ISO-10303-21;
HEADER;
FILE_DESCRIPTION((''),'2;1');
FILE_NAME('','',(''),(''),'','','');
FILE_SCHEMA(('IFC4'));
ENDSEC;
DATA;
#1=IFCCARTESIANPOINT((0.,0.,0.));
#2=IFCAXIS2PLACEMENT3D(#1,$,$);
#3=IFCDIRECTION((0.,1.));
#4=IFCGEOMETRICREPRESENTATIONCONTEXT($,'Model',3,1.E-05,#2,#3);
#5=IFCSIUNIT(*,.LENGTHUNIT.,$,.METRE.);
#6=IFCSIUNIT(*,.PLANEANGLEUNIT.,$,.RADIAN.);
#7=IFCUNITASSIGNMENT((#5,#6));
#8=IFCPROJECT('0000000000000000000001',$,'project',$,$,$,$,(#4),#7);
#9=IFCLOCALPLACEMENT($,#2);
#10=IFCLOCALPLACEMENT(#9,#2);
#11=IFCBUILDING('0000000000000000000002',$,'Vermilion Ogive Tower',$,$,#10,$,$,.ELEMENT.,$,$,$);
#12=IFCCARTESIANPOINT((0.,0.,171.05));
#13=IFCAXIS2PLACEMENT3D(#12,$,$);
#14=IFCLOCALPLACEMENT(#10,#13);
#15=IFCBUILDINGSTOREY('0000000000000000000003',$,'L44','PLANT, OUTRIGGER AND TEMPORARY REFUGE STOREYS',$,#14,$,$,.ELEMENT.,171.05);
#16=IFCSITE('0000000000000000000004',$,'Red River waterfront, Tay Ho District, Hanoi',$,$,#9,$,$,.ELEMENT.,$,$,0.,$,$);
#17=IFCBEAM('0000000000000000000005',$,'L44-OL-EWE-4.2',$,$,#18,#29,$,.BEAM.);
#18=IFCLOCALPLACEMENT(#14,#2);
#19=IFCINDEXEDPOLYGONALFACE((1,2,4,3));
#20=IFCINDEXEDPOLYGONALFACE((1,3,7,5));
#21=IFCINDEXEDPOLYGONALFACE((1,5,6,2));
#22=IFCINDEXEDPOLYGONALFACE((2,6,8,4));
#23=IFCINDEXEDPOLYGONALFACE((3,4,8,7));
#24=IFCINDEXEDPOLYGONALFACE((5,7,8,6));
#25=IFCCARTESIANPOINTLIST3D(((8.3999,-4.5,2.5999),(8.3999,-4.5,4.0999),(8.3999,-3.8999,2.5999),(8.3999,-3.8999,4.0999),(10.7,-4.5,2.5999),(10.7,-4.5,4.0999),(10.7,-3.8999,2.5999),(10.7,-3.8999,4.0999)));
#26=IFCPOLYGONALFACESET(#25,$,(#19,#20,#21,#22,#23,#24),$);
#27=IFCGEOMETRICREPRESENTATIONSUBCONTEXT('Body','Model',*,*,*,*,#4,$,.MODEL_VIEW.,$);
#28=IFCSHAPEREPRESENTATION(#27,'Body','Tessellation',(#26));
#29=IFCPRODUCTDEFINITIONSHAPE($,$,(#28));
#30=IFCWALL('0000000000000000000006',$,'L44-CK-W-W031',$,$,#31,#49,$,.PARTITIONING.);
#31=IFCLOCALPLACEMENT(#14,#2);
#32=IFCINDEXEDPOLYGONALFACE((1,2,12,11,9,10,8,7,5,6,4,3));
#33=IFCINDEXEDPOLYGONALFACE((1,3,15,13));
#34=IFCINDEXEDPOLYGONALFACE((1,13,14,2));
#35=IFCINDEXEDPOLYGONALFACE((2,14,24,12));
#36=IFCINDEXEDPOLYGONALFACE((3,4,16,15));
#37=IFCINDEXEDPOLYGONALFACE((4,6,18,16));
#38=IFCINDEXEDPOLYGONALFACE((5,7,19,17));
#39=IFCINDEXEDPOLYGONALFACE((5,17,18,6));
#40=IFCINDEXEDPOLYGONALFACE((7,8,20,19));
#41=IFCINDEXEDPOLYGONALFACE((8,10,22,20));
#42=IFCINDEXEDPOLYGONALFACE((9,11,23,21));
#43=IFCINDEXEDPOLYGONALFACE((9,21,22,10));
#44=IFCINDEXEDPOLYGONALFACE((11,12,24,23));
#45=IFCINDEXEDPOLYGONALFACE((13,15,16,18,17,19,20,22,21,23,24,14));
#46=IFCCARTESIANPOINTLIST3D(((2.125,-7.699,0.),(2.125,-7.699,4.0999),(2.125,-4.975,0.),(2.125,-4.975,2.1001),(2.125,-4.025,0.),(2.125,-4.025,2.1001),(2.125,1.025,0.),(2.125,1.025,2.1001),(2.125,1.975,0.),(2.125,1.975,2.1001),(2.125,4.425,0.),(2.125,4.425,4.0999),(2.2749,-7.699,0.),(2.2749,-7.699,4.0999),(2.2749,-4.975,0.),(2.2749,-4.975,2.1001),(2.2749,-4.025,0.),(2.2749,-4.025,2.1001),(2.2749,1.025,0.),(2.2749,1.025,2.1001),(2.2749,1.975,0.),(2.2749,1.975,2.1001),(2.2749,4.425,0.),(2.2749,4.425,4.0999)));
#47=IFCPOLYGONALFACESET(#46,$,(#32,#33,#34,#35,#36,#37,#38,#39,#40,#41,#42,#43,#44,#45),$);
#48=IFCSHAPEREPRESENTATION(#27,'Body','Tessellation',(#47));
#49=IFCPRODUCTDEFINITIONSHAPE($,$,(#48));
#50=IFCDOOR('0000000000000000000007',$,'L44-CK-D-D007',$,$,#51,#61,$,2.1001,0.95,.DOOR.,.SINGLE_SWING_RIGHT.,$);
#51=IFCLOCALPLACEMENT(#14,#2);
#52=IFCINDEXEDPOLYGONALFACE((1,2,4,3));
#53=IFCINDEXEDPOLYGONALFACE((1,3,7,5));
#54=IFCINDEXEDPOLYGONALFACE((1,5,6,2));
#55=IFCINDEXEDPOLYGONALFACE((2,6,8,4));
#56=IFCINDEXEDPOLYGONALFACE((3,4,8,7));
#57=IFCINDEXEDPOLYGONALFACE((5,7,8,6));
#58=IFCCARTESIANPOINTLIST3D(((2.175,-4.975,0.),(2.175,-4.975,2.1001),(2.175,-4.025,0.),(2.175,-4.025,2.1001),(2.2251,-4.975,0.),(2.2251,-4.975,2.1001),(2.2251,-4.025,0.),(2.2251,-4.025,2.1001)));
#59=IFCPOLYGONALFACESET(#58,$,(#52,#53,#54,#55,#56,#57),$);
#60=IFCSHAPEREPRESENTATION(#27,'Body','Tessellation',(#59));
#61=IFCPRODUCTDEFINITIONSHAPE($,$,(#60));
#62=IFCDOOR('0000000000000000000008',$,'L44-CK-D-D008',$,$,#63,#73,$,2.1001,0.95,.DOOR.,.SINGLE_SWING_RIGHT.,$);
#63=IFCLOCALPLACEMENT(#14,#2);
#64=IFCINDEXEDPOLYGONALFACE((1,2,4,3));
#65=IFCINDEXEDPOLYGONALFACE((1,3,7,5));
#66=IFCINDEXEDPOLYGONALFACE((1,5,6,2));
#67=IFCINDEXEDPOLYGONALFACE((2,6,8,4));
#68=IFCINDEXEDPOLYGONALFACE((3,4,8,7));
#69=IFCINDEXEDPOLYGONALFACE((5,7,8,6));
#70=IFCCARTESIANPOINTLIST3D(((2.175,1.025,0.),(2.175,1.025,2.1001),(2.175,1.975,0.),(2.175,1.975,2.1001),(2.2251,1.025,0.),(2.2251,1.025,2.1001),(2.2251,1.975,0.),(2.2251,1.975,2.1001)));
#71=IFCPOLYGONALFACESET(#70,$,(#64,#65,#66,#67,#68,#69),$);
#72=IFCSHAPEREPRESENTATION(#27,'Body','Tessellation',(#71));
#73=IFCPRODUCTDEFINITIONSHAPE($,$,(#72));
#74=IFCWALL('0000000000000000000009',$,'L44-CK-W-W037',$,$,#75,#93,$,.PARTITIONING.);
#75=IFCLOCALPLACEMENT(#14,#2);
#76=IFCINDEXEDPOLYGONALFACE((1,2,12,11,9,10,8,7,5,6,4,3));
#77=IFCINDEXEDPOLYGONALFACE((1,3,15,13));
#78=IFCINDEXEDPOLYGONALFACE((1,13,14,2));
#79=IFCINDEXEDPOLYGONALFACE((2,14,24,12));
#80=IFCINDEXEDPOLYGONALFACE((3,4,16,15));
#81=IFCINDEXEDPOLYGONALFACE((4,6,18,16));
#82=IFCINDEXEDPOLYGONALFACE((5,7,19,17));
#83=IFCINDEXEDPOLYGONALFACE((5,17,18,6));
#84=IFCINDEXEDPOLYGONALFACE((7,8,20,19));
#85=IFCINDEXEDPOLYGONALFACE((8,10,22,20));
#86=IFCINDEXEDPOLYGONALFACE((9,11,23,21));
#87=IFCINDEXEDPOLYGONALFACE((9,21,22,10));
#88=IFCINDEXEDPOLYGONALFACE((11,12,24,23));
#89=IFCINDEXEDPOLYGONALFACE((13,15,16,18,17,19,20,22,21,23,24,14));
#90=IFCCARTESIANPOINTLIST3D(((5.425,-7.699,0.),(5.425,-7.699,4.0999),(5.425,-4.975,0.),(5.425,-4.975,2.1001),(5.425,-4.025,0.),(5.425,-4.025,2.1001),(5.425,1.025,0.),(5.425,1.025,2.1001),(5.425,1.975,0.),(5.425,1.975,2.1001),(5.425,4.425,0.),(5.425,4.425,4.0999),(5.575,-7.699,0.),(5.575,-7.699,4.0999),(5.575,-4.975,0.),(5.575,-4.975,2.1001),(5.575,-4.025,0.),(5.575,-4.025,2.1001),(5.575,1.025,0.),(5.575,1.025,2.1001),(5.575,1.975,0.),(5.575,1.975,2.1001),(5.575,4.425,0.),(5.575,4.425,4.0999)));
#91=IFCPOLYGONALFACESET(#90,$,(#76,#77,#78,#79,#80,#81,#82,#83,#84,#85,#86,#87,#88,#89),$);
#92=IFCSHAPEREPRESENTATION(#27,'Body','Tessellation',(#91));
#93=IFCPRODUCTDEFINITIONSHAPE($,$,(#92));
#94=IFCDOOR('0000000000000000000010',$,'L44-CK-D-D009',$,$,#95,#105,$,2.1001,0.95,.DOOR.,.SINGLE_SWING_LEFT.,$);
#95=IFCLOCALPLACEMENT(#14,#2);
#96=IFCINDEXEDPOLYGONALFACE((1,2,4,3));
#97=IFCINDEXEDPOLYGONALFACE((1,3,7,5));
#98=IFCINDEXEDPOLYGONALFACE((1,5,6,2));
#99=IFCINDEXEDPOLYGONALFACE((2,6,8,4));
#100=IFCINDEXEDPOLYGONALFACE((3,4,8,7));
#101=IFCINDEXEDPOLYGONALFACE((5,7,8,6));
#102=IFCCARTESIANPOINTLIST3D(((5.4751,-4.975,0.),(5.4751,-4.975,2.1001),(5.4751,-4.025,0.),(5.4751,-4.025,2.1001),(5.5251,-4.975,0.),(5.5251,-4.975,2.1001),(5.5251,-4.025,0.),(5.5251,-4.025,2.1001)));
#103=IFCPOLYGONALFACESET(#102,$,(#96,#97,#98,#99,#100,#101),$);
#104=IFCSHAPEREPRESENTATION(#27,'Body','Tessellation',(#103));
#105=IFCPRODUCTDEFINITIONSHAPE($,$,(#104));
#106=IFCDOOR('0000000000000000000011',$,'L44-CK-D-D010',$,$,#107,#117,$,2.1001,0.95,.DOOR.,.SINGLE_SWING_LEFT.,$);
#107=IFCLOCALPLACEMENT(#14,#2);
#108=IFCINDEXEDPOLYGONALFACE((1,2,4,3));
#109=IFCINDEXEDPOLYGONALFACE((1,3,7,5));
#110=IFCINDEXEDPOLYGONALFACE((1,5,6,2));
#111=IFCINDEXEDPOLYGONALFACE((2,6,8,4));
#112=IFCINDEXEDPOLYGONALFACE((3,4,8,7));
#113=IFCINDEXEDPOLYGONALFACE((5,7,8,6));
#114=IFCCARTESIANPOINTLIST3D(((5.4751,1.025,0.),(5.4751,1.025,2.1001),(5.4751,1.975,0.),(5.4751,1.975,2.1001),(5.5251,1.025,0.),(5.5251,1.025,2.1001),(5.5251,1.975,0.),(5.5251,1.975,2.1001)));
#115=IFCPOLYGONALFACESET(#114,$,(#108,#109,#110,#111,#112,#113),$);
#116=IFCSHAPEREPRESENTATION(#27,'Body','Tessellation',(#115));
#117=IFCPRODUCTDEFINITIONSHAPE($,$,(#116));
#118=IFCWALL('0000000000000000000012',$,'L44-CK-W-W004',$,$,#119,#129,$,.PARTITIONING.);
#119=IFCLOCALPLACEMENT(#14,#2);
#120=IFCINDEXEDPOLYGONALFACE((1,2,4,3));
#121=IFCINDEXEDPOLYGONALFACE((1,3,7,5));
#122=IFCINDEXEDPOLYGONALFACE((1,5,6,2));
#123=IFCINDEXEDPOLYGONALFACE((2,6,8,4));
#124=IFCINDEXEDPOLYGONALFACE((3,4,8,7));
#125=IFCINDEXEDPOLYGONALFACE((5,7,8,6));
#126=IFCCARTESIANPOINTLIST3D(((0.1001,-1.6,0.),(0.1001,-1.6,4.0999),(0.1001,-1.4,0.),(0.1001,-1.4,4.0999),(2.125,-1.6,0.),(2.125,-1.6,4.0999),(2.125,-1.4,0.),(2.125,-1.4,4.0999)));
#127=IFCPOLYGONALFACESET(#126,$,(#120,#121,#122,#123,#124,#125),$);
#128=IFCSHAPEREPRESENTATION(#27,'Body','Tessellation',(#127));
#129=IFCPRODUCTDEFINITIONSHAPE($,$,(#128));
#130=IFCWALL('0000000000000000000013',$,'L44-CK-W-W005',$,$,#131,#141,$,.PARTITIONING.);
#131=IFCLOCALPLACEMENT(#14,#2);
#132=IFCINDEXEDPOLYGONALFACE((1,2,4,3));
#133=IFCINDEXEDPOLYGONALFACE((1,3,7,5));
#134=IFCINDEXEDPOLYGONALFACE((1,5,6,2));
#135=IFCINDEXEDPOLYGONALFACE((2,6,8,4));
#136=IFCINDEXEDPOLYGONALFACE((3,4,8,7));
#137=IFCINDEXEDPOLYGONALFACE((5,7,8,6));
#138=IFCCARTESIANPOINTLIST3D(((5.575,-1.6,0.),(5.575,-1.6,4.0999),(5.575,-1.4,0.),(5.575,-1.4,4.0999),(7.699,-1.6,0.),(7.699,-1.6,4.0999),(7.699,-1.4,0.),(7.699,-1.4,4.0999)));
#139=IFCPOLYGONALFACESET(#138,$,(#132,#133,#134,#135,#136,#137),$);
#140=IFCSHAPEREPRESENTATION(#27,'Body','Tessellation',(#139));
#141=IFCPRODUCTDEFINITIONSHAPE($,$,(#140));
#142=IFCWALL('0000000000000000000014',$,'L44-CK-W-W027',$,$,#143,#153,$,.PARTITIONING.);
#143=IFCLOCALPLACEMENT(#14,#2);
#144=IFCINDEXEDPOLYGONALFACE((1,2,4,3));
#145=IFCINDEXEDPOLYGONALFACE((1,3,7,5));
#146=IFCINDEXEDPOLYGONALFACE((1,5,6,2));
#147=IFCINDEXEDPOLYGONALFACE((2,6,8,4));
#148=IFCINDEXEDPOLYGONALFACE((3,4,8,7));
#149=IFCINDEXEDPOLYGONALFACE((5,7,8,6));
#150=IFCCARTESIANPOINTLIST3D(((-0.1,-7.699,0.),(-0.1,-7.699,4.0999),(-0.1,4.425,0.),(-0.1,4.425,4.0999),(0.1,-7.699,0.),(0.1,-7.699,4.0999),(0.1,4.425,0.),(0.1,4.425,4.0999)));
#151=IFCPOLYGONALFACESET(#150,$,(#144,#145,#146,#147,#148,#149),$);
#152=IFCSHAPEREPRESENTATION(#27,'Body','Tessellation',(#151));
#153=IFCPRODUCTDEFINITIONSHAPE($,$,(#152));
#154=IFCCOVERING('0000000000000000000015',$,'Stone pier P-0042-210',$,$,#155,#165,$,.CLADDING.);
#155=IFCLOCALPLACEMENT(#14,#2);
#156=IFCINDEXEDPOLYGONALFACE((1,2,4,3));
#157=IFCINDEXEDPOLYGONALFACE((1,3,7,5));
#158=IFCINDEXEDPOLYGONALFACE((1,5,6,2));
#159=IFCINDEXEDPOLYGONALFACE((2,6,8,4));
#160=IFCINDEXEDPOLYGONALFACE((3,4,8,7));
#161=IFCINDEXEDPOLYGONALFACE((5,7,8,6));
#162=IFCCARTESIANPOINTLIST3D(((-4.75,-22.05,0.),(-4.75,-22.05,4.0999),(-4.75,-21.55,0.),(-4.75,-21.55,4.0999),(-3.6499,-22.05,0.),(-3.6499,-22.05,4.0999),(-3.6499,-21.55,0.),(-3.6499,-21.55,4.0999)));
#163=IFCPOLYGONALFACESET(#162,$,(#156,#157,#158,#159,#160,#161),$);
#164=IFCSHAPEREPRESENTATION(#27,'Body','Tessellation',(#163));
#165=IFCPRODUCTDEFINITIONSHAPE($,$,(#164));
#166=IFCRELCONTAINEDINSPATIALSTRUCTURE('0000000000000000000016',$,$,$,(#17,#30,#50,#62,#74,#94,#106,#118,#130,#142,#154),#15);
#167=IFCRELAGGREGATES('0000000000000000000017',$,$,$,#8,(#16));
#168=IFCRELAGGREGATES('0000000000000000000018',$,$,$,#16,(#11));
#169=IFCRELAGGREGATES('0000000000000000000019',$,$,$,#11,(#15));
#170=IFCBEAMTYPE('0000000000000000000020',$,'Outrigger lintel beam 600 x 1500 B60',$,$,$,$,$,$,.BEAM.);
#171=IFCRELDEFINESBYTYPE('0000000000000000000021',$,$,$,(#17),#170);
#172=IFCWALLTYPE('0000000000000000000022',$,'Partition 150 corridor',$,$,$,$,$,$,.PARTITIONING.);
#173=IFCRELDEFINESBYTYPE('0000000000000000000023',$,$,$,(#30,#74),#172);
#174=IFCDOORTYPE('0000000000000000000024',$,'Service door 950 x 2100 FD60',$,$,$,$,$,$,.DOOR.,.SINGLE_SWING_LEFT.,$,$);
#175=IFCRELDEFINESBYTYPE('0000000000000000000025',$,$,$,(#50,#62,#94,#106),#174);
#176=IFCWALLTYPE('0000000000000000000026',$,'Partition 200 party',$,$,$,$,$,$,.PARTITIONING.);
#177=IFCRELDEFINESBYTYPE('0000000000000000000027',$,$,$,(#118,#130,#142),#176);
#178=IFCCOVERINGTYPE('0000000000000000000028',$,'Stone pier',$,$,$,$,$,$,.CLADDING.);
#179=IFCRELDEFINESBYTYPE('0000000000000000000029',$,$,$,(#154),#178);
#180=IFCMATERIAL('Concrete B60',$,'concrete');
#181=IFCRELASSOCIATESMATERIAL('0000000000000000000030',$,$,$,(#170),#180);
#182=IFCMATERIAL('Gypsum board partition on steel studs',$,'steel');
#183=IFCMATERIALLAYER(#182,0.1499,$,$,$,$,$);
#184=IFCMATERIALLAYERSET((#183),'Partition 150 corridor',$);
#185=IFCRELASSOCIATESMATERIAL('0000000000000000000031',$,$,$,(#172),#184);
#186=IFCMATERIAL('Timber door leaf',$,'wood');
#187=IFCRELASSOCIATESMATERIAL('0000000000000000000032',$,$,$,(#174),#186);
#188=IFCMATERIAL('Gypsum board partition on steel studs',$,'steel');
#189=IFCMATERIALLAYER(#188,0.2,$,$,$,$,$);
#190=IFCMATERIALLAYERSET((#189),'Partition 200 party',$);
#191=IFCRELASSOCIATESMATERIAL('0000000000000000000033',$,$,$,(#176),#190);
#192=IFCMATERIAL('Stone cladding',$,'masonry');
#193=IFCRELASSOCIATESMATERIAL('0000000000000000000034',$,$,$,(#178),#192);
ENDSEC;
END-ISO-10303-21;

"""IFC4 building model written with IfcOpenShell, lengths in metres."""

from ifc_helpers import new_model, si_unit, direction, frame, frame_2d, origin, origin_2d, place, context, subcontext, project, spatial, polyline, rectangle, outline, extrude, material, layer, layer_set, material_profile, profile_set, type_object, element, fill, save


model = new_model("IFC4")

# Units and contexts
model_context = context("Model", 3, precision=1e-05, world=origin(), true_north=direction((0.0, 1.0)))
body_context = subcontext(model_context, "Body", "Model", "MODEL_VIEW")
ifc_project = project(units=[si_unit("LENGTHUNIT", "METRE"), si_unit("PLANEANGLEUNIT", "RADIAN")], contexts=[model_context])

# Site, building, storey
site_placement = place(None, origin())
site = spatial("IfcSite", under=ifc_project, at=site_placement, Name="Red River waterfront, Tay Ho District, Hanoi", CompositionType="ELEMENT", RefElevation=0.0)
building_placement = place(site_placement, origin())
building = spatial("IfcBuilding", under=site, at=building_placement, Name="Vermilion Ogive Tower", CompositionType="ELEMENT")
storey_placement = place(building_placement, frame((0.0, 0.0, 171.05)))
storey = spatial("IfcBuildingStorey", under=building, at=storey_placement, Name="L44", Description="PLANT, OUTRIGGER AND TEMPORARY REFUGE STOREYS", CompositionType="ELEMENT", Elevation=171.05)

# Beam
ifc_material_1 = material(Name="Concrete B60", Category="concrete")
ifc_material_profile = material_profile(ifc_material_1, rectangle(XDim=0.6001, YDim=1.5, at=origin_2d()), Name="600 x 1500")
ifc_profile_set = profile_set([ifc_material_profile], Name="Concrete B60")
beam_type = type_object("IfcBeamType", Name="Outrigger lintel beam 600 x 1500 B60", PredefinedType="BEAM", material=ifc_profile_set)
beam_placement = place(storey_placement, frame((8.3999, -4.2, 3.3499), z_axis=(1.0, 0.0, 0.0), x_axis=(0.0, 1.0, 0.0)))
element("IfcBeam", 1, at=beam_placement, inside=storey, type_object=beam_type, Name="L44-OL-EWE-4.2", PredefinedType="BEAM", context=body_context, shape_type="SweptSolid", body=[
    extrude(rectangle(XDim=0.6001, YDim=1.5, at=origin_2d()), origin(), (0.0, 0.0, 1.0), 2.3),
])

# Walls, openings, doors
ifc_material_2 = material(Name="Gypsum board partition on steel studs", Category="steel")
ifc_layer_1 = layer(ifc_material_2, 0.1499)
ifc_layer_set_1 = layer_set([ifc_layer_1], Name="Partition 150 corridor")
wall_type_1 = type_object("IfcWallType", Name="Partition 150 corridor", PredefinedType="PARTITIONING", material=ifc_layer_set_1)
wall_1_placement = place(storey_placement, frame((2.2, -7.699, 0.0), z_axis=(0.0, 0.0, 1.0), x_axis=(0.0, 1.0, 0.0)))
wall_1 = element("IfcWall", 2, at=wall_1_placement, inside=storey, type_object=wall_type_1, Name="L44-CK-W-W031", PredefinedType="PARTITIONING", context=body_context, shape_type="SweptSolid", body=[
    extrude(rectangle(XDim=12.124, YDim=0.1499, at=frame_2d((6.062, 0.0))), origin(), (0.0, 0.0, 1.0), 4.0999),
])
opening_1_placement = place(wall_1_placement, frame((2.7239, 0.0, 0.0)))
opening_1 = element("IfcOpeningElement", 3, at=opening_1_placement, cuts=wall_1, PredefinedType="OPENING", context=body_context, shape_type="SweptSolid", body=[
    extrude(rectangle(XDim=0.95, YDim=2.1001, at=frame_2d((0.4751, 1.05))), frame((0.0, 0.085, 0.0), z_axis=(0.0, -1.0, 0.0), x_axis=(1.0, 0.0, 0.0)), (0.0, 0.0, 1.0), 0.1699),
])
opening_2_placement = place(wall_1_placement, frame((8.7239, 0.0, 0.0)))
opening_2 = element("IfcOpeningElement", 4, at=opening_2_placement, cuts=wall_1, PredefinedType="OPENING", context=body_context, shape_type="SweptSolid", body=[
    extrude(rectangle(XDim=0.95, YDim=2.1001, at=frame_2d((0.4751, 1.05))), frame((0.0, 0.085, 0.0), z_axis=(0.0, -1.0, 0.0), x_axis=(1.0, 0.0, 0.0)), (0.0, 0.0, 1.0), 0.1699),
])
ifc_material_3 = material(Name="Timber door leaf", Category="wood")
door_type = type_object("IfcDoorType", Name="Service door 950 x 2100 FD60", OperationType="SINGLE_SWING_LEFT", PredefinedType="DOOR", material=ifc_material_3)
door_1_placement = place(opening_1_placement, origin())
door_1 = element("IfcDoor", 5, at=door_1_placement, inside=storey, type_object=door_type, Name="L44-CK-D-D007", OperationType="SINGLE_SWING_RIGHT", OverallHeight=2.1001, OverallWidth=0.95, PredefinedType="DOOR", context=body_context, shape_type="SweptSolid", body=[
    extrude(rectangle(XDim=0.95, YDim=2.1001, at=frame_2d((0.4751, 1.05))), frame((0.0, 0.0249, 0.0), z_axis=(0.0, -1.0, 0.0), x_axis=(1.0, 0.0, 0.0)), (0.0, 0.0, 1.0), 0.05),
])
fill(opening_1, door_1)
door_2_placement = place(opening_2_placement, origin())
door_2 = element("IfcDoor", 6, at=door_2_placement, inside=storey, type_object=door_type, Name="L44-CK-D-D008", OperationType="SINGLE_SWING_RIGHT", OverallHeight=2.1001, OverallWidth=0.95, PredefinedType="DOOR", context=body_context, shape_type="SweptSolid", body=[
    extrude(rectangle(XDim=0.95, YDim=2.1001, at=frame_2d((0.4751, 1.05))), frame((0.0, 0.0249, 0.0), z_axis=(0.0, -1.0, 0.0), x_axis=(1.0, 0.0, 0.0)), (0.0, 0.0, 1.0), 0.05),
])
fill(opening_2, door_2)
wall_2_placement = place(storey_placement, frame((5.5, -7.699, 0.0), z_axis=(0.0, 0.0, 1.0), x_axis=(0.0, 1.0, 0.0)))
wall_2 = element("IfcWall", 7, at=wall_2_placement, inside=storey, type_object=wall_type_1, Name="L44-CK-W-W037", PredefinedType="PARTITIONING", context=body_context, shape_type="SweptSolid", body=[
    extrude(rectangle(XDim=12.124, YDim=0.1499, at=frame_2d((6.062, 0.0))), origin(), (0.0, 0.0, 1.0), 4.0999),
])
opening_3_placement = place(wall_2_placement, frame((2.7239, 0.0, 0.0)))
opening_3 = element("IfcOpeningElement", 8, at=opening_3_placement, cuts=wall_2, PredefinedType="OPENING", context=body_context, shape_type="SweptSolid", body=[
    extrude(rectangle(XDim=0.95, YDim=2.1001, at=frame_2d((0.4751, 1.05))), frame((0.0, 0.085, 0.0), z_axis=(0.0, -1.0, 0.0), x_axis=(1.0, 0.0, 0.0)), (0.0, 0.0, 1.0), 0.1699),
])
opening_4_placement = place(wall_2_placement, frame((8.7239, 0.0, 0.0)))
opening_4 = element("IfcOpeningElement", 9, at=opening_4_placement, cuts=wall_2, PredefinedType="OPENING", context=body_context, shape_type="SweptSolid", body=[
    extrude(rectangle(XDim=0.95, YDim=2.1001, at=frame_2d((0.4751, 1.05))), frame((0.0, 0.085, 0.0), z_axis=(0.0, -1.0, 0.0), x_axis=(1.0, 0.0, 0.0)), (0.0, 0.0, 1.0), 0.1699),
])
door_3_placement = place(opening_3_placement, origin())
door_3 = element("IfcDoor", 10, at=door_3_placement, inside=storey, type_object=door_type, Name="L44-CK-D-D009", OperationType="SINGLE_SWING_LEFT", OverallHeight=2.1001, OverallWidth=0.95, PredefinedType="DOOR", context=body_context, shape_type="SweptSolid", body=[
    extrude(rectangle(XDim=0.95, YDim=2.1001, at=frame_2d((0.4751, 1.05))), frame((0.0, 0.0249, 0.0), z_axis=(0.0, -1.0, 0.0), x_axis=(1.0, 0.0, 0.0)), (0.0, 0.0, 1.0), 0.05),
])
fill(opening_3, door_3)
door_4_placement = place(opening_4_placement, origin())
door_4 = element("IfcDoor", 11, at=door_4_placement, inside=storey, type_object=door_type, Name="L44-CK-D-D010", OperationType="SINGLE_SWING_LEFT", OverallHeight=2.1001, OverallWidth=0.95, PredefinedType="DOOR", context=body_context, shape_type="SweptSolid", body=[
    extrude(rectangle(XDim=0.95, YDim=2.1001, at=frame_2d((0.4751, 1.05))), frame((0.0, 0.0249, 0.0), z_axis=(0.0, -1.0, 0.0), x_axis=(1.0, 0.0, 0.0)), (0.0, 0.0, 1.0), 0.05),
])
fill(opening_4, door_4)

# Walls
ifc_material_4 = material(Name="Gypsum board partition on steel studs", Category="steel")
ifc_layer_2 = layer(ifc_material_4, 0.2)
ifc_layer_set_2 = layer_set([ifc_layer_2], Name="Partition 200 party")
wall_type_2 = type_object("IfcWallType", Name="Partition 200 party", PredefinedType="PARTITIONING", material=ifc_layer_set_2)
wall_3_placement = place(storey_placement, frame((0.1001, -1.5, 0.0), z_axis=(0.0, 0.0, 1.0), x_axis=(1.0, 0.0, 0.0)))
element("IfcWall", 12, at=wall_3_placement, inside=storey, type_object=wall_type_2, Name="L44-CK-W-W004", PredefinedType="PARTITIONING", context=body_context, shape_type="SweptSolid", body=[
    extrude(rectangle(XDim=2.0249, YDim=0.2, at=frame_2d((1.0125, 0.0))), origin(), (0.0, 0.0, 1.0), 4.0999),
])
wall_4_placement = place(storey_placement, frame((5.575, -1.5, 0.0), z_axis=(0.0, 0.0, 1.0), x_axis=(1.0, 0.0, 0.0)))
element("IfcWall", 13, at=wall_4_placement, inside=storey, type_object=wall_type_2, Name="L44-CK-W-W005", PredefinedType="PARTITIONING", context=body_context, shape_type="SweptSolid", body=[
    extrude(rectangle(XDim=2.124, YDim=0.2, at=frame_2d((1.062, 0.0))), origin(), (0.0, 0.0, 1.0), 4.0999),
])
wall_5_placement = place(storey_placement, frame((0.0, -7.699, 0.0), z_axis=(0.0, 0.0, 1.0), x_axis=(0.0, 1.0, 0.0)))
element("IfcWall", 14, at=wall_5_placement, inside=storey, type_object=wall_type_2, Name="L44-CK-W-W027", PredefinedType="PARTITIONING", context=body_context, shape_type="SweptSolid", body=[
    extrude(rectangle(XDim=12.124, YDim=0.2, at=frame_2d((6.062, 0.0))), origin(), (0.0, 0.0, 1.0), 4.0999),
])

# Covering
ifc_material_5 = material(Name="Stone cladding", Category="masonry")
covering_type = type_object("IfcCoveringType", Name="Stone pier", PredefinedType="CLADDING", material=ifc_material_5)
covering_1_placement = place(storey_placement, origin())
element("IfcCovering", 15, at=covering_1_placement, inside=storey, type_object=covering_type, Name="Stone pier P-0042-210", PredefinedType="CLADDING", context=body_context, shape_type="SweptSolid", body=[
    extrude(outline(polyline([(-3.6499, -21.55), (-3.6499, -22.05), (-4.75, -22.05), (-4.75, -21.55), (-4.75, -21.55), (-3.6499, -21.55)])), origin(), (0.0, 0.0, 1.0), 4.0999),
])

save(model, "model.ifc")
